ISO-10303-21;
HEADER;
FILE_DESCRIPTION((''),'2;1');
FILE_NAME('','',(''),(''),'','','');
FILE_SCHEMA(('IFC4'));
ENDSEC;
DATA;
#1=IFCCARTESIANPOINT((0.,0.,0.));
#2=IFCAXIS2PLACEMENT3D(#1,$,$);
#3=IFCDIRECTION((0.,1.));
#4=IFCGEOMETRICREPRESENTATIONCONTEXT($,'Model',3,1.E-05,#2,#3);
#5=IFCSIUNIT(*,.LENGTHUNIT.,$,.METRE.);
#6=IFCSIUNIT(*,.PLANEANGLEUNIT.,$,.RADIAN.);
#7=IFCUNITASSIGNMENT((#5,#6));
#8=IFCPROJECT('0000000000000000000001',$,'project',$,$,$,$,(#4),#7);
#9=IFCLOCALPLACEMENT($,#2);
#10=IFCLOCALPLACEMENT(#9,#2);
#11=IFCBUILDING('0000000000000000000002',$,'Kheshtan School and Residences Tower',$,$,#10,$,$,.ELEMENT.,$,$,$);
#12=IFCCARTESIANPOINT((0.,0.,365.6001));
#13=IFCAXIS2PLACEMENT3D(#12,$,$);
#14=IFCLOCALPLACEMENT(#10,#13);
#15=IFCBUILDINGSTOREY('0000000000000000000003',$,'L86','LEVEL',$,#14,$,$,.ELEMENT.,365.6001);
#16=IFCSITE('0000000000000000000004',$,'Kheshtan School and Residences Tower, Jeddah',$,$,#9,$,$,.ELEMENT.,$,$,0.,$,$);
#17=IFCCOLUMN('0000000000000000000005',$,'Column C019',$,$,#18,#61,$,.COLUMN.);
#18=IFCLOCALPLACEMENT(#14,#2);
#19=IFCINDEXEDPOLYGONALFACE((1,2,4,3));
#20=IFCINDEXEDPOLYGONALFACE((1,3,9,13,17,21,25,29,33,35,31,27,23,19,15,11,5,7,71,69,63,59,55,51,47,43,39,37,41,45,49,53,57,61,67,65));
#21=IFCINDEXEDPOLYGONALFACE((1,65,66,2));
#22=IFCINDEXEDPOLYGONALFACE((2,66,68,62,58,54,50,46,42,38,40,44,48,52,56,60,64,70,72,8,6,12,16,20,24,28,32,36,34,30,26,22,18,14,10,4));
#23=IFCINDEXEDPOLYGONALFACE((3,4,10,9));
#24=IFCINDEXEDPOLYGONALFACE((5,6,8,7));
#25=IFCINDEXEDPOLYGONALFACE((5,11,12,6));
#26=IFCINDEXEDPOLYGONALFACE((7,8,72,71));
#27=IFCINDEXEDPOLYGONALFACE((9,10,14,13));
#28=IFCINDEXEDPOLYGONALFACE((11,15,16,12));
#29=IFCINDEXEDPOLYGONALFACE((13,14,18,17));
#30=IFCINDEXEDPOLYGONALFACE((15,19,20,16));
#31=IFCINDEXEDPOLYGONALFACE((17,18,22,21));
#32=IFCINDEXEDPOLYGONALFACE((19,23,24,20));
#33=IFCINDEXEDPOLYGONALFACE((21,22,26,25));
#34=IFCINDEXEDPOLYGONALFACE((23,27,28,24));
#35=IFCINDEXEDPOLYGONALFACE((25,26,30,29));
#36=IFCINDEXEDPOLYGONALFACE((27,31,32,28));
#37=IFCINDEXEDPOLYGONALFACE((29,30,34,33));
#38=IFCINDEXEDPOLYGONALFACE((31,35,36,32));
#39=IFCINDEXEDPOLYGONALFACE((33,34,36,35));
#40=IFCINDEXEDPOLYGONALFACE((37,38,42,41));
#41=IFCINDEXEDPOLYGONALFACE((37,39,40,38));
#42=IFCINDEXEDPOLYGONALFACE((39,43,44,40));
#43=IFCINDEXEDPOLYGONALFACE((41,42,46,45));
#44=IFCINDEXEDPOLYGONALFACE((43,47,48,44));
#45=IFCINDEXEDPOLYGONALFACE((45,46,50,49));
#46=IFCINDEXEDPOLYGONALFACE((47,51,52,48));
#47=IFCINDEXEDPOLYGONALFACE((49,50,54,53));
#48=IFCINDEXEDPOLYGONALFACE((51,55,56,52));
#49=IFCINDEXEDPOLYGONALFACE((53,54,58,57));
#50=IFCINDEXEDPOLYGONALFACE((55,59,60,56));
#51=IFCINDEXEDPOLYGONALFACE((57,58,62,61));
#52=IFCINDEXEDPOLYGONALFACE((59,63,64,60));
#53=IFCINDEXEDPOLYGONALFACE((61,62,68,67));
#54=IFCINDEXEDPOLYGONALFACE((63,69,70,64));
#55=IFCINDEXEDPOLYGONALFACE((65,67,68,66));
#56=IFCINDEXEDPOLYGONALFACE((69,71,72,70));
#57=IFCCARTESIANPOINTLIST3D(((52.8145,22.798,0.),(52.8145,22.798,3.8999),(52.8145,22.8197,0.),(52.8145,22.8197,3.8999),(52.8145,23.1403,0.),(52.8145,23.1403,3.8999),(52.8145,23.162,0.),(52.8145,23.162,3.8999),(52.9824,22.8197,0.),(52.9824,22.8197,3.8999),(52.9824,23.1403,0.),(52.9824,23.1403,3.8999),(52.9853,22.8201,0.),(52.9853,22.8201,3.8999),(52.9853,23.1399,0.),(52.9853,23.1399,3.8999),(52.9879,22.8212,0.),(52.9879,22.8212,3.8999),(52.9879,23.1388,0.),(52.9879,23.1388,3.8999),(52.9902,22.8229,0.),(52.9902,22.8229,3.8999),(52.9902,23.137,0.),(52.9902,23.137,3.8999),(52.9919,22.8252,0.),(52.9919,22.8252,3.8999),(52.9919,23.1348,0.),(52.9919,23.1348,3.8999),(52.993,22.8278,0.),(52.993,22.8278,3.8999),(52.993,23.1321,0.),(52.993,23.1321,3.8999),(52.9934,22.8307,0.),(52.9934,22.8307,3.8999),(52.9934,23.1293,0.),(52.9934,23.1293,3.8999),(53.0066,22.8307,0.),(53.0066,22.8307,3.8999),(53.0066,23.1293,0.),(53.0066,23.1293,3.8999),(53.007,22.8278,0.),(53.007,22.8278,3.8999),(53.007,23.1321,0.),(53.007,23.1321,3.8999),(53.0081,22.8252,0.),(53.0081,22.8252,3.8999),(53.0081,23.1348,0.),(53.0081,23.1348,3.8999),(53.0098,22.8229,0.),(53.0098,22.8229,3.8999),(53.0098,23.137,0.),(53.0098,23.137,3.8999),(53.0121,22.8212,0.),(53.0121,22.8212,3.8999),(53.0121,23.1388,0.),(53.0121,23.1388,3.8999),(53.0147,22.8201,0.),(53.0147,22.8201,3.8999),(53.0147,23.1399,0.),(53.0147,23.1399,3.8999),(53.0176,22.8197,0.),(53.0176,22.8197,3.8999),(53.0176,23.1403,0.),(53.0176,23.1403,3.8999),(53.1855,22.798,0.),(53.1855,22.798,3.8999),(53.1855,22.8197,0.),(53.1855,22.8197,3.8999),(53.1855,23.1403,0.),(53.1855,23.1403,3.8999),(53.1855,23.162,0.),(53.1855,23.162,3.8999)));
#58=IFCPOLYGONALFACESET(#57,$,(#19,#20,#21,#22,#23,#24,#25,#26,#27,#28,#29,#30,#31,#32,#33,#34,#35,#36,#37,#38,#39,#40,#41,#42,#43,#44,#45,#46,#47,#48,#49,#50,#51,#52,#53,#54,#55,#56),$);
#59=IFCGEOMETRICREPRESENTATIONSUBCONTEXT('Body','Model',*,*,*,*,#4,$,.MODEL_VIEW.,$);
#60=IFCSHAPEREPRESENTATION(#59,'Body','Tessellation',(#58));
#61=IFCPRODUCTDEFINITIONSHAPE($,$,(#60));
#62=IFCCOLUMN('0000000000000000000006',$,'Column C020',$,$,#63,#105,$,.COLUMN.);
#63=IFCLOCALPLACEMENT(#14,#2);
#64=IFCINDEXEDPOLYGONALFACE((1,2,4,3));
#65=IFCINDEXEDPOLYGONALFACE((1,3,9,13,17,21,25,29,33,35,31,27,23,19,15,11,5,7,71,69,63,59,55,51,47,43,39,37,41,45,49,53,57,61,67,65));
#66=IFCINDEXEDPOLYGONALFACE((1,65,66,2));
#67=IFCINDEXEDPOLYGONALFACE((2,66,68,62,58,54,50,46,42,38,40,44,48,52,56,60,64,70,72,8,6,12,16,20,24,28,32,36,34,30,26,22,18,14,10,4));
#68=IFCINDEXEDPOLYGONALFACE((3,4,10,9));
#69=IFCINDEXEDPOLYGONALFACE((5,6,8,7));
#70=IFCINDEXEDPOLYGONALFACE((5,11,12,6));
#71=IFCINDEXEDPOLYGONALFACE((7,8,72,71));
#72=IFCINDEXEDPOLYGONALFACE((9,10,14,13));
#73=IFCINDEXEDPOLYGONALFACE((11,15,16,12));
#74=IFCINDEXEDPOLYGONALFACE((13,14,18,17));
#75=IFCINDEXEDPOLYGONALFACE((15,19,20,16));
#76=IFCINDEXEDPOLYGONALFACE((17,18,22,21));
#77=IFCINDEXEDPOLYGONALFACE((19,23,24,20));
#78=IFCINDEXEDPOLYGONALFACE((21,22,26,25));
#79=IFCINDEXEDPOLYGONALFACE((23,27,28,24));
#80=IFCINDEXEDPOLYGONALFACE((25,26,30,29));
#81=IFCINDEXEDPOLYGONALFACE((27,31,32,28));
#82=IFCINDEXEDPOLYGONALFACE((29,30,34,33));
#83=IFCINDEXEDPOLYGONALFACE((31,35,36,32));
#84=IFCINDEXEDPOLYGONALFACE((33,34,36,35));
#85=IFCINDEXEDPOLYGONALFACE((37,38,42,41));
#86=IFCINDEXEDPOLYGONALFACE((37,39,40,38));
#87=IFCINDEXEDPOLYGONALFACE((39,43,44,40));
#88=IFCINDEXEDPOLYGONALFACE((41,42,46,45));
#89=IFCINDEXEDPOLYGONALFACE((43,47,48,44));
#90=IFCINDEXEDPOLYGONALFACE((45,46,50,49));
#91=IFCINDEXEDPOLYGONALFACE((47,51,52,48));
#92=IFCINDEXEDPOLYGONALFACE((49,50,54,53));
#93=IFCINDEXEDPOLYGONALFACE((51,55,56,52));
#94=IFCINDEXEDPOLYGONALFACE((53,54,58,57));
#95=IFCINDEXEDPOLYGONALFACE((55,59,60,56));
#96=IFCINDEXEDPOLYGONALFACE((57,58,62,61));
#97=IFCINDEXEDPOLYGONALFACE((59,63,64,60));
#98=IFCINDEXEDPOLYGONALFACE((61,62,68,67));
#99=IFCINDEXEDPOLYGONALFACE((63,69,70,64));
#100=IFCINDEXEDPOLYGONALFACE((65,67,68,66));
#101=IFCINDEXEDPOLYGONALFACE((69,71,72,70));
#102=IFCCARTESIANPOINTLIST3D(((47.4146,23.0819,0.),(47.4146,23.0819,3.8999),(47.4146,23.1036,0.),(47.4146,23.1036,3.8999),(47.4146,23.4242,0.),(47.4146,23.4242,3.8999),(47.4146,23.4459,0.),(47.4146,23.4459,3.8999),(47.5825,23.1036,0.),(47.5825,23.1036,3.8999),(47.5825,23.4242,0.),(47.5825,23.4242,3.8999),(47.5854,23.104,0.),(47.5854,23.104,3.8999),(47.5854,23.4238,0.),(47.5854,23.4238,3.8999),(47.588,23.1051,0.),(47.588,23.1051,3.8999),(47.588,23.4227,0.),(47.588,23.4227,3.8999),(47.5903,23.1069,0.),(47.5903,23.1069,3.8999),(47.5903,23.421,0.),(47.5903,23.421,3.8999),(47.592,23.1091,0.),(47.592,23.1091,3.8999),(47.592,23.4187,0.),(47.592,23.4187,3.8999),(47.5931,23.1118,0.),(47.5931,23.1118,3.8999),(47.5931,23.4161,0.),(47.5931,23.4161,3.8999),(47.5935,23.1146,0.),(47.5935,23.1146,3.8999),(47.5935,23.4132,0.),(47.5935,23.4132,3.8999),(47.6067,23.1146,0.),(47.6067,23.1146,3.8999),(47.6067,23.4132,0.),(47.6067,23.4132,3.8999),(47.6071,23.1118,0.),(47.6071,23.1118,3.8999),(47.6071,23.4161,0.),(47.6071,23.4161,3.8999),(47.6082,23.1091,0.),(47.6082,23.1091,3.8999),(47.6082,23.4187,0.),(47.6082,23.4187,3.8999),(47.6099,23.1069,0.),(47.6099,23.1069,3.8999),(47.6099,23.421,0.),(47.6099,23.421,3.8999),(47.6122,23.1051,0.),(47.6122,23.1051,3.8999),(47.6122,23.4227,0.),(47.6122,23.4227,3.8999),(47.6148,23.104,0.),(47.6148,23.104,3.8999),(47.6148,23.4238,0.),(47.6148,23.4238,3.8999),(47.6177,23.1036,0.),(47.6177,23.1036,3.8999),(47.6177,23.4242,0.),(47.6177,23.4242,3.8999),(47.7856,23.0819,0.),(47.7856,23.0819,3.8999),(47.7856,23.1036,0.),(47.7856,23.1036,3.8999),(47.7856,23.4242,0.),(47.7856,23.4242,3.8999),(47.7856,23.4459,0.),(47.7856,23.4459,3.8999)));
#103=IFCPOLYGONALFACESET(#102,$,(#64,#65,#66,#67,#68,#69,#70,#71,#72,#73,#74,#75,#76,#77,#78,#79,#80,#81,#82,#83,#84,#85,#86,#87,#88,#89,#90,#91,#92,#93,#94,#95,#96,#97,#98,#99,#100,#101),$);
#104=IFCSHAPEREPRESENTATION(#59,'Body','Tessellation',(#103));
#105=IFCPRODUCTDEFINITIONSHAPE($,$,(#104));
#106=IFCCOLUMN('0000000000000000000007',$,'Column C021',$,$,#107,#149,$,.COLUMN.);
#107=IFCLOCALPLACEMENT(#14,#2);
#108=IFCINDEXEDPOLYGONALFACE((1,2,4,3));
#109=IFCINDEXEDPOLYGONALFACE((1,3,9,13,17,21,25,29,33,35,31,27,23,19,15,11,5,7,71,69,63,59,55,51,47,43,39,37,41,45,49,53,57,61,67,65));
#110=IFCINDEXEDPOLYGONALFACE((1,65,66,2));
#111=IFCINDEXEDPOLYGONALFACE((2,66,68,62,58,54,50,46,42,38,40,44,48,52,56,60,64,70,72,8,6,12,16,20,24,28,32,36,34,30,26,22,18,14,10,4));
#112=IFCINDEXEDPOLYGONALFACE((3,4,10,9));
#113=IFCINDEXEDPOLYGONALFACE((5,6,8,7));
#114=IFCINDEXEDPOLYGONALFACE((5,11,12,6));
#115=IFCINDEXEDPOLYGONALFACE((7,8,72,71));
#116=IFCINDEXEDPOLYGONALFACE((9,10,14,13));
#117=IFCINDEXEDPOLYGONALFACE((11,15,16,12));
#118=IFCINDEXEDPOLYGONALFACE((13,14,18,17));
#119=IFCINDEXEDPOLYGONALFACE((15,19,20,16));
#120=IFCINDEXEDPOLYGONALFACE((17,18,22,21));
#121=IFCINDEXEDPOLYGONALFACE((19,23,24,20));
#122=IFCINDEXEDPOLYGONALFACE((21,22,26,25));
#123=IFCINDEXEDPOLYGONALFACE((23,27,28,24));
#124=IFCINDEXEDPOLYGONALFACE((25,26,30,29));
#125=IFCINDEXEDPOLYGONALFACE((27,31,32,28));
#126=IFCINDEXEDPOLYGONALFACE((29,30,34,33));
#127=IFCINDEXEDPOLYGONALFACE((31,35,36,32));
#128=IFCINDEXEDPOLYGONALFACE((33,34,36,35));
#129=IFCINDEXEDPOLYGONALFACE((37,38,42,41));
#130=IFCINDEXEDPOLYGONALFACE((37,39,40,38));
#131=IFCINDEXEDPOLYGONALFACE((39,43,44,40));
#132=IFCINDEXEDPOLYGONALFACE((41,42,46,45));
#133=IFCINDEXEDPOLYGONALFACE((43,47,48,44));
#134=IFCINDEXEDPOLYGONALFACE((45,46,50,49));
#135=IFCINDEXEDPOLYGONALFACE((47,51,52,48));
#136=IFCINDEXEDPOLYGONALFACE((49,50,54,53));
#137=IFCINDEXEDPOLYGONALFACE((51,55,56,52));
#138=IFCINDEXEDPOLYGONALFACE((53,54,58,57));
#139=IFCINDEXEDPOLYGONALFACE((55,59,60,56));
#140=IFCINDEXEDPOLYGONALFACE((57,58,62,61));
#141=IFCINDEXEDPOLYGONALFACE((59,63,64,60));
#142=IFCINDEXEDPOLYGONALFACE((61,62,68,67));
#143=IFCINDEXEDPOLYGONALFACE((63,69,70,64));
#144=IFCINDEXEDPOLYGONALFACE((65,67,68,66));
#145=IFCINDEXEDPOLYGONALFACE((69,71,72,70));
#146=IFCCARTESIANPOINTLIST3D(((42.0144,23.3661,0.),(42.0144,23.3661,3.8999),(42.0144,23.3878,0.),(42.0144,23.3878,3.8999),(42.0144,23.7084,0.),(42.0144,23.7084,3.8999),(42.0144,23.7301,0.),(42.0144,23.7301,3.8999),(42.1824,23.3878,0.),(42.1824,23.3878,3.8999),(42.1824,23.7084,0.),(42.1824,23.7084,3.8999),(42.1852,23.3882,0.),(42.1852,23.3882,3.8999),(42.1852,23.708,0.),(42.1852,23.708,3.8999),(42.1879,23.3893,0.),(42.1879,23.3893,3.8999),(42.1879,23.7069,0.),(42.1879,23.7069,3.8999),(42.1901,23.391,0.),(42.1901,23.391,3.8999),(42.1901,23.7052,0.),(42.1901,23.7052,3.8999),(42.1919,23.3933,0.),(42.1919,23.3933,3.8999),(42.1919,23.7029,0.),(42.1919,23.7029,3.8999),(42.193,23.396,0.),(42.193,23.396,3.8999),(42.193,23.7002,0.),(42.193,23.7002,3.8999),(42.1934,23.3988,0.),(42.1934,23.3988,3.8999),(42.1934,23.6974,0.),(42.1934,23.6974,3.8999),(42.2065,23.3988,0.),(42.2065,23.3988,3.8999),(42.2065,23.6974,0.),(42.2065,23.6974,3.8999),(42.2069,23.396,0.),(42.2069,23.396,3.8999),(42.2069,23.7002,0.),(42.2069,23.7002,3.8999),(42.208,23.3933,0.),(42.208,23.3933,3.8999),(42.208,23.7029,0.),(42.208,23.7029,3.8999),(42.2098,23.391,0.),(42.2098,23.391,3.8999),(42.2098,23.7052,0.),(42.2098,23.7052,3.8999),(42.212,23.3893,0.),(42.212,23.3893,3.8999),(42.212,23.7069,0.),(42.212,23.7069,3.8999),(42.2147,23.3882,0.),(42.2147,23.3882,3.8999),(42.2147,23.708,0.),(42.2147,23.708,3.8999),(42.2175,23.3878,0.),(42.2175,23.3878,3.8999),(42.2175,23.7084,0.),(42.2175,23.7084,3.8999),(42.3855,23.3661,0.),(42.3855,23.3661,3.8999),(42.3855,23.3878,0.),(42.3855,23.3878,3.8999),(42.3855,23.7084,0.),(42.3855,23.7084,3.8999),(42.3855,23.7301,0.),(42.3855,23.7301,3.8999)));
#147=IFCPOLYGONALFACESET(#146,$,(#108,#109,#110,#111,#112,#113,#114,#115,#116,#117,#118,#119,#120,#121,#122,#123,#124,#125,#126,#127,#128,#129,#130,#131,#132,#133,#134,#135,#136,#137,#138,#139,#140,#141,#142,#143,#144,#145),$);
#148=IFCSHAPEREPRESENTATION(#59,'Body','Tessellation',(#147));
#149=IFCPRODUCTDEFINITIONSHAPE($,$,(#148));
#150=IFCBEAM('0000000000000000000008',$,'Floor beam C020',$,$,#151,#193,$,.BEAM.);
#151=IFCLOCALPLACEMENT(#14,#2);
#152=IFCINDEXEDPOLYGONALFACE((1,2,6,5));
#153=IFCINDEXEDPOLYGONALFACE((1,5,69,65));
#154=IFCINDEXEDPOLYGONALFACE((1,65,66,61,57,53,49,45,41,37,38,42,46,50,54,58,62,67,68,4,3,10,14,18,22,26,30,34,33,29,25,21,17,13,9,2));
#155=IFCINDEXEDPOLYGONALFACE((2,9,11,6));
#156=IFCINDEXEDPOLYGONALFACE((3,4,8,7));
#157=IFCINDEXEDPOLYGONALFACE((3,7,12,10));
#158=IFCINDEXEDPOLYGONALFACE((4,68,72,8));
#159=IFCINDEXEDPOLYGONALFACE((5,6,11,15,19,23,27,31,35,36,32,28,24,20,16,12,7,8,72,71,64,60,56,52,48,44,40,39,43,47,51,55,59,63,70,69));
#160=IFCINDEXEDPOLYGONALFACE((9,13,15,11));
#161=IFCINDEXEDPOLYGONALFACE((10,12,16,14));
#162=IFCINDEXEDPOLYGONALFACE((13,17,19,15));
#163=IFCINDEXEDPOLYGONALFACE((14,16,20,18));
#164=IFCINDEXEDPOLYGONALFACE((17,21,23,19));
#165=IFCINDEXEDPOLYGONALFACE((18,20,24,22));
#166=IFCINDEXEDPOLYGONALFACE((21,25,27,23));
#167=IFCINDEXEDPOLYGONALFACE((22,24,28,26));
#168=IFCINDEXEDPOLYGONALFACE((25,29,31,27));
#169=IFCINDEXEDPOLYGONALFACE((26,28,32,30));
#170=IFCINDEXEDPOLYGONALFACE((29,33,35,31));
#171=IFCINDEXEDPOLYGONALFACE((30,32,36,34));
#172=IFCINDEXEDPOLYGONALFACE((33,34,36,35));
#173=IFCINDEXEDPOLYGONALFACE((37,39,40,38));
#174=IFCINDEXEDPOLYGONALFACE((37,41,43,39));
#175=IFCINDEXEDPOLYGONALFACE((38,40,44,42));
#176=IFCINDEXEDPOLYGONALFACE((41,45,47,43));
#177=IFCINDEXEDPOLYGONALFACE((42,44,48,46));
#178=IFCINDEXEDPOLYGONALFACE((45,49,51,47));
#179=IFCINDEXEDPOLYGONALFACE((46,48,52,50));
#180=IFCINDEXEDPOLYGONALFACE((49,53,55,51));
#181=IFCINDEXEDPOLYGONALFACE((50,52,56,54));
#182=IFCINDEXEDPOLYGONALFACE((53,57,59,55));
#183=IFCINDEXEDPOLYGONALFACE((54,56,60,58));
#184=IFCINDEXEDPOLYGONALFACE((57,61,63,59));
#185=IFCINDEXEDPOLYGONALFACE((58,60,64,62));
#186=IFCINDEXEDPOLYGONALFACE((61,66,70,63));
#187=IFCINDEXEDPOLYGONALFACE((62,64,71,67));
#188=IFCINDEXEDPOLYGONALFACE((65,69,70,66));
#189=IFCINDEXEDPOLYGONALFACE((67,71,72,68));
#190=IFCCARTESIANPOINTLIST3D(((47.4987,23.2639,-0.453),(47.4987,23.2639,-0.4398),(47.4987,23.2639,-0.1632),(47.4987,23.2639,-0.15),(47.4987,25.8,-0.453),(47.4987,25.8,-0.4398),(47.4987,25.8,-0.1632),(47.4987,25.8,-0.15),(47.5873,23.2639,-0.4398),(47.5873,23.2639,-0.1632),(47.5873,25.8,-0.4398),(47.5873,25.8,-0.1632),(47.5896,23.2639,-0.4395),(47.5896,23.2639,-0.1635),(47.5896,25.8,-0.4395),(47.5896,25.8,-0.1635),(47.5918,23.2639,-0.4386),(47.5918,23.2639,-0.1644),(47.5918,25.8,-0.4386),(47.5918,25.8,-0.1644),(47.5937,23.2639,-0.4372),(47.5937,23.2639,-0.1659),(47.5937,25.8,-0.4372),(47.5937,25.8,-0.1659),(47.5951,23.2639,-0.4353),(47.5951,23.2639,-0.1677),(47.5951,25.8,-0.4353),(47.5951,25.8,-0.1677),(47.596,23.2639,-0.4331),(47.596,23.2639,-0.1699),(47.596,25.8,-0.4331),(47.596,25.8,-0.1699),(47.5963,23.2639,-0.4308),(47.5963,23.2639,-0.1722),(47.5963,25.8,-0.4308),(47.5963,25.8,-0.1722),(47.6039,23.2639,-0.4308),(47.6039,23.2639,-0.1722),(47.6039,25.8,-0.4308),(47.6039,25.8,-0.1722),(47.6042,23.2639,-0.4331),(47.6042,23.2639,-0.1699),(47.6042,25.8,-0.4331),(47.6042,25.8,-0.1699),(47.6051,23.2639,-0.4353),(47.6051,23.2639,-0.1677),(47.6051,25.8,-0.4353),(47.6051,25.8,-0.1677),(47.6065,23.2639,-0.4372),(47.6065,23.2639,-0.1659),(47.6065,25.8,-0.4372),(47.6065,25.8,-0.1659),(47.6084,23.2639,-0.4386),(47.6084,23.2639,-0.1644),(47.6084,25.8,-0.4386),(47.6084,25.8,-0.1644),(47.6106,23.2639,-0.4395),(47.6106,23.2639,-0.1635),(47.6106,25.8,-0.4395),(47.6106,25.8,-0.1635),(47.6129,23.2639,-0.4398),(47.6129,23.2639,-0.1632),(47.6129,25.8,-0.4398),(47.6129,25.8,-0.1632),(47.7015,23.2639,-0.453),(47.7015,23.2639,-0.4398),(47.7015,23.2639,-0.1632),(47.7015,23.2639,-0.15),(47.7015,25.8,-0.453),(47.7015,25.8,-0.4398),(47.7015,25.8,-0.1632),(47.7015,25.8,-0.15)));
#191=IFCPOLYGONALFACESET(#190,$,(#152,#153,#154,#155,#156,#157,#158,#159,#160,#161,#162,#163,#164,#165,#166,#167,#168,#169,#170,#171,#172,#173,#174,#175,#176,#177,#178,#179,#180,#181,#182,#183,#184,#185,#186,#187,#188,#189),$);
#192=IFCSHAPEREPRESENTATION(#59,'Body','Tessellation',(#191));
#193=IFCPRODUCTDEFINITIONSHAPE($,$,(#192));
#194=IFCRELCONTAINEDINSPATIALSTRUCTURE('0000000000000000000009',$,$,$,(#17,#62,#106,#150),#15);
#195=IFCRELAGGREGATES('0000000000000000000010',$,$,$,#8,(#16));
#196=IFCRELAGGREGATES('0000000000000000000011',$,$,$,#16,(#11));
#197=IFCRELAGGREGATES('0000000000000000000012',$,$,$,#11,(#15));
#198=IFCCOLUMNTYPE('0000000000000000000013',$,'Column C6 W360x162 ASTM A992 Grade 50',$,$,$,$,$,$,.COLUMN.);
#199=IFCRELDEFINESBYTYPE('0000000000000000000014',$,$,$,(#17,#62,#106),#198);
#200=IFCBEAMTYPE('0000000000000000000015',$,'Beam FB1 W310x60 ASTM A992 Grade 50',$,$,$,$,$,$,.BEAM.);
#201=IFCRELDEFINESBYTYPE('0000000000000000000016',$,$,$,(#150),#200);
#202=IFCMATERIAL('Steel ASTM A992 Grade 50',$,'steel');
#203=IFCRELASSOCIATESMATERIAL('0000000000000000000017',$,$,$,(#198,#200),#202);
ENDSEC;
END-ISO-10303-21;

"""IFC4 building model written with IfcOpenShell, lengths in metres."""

from ifc_helpers import new_model, si_unit, direction, frame, origin, origin_2d, place, context, subcontext, project, spatial, i_section, extrude, material, material_profile, profile_set, type_object, element, save


model = new_model("IFC4")

# Units and contexts
model_context = context("Model", 3, precision=1e-05, world=origin(), true_north=direction((0.0, 1.0)))
body_context = subcontext(model_context, "Body", "Model", "MODEL_VIEW")
ifc_project = project(units=[si_unit("LENGTHUNIT", "METRE"), si_unit("PLANEANGLEUNIT", "RADIAN")], contexts=[model_context])

# Site, building, storey
site_placement = place(None, origin())
site = spatial("IfcSite", under=ifc_project, at=site_placement, Name="Kheshtan School and Residences Tower, Jeddah", CompositionType="ELEMENT", RefElevation=0.0)
building_placement = place(site_placement, origin())
building = spatial("IfcBuilding", under=site, at=building_placement, Name="Kheshtan School and Residences Tower", CompositionType="ELEMENT")
storey_placement = place(building_placement, frame((0.0, 0.0, 365.6001)))
storey = spatial("IfcBuildingStorey", under=building, at=storey_placement, Name="L86", Description="LEVEL", CompositionType="ELEMENT", Elevation=365.6001)

# Columns
ifc_material_1 = material(Name="Steel ASTM A992 Grade 50", Category="steel")
ifc_material_profile_1 = material_profile(ifc_material_1, i_section(OverallWidth=0.3711, OverallDepth=0.364, WebThickness=0.0132, FlangeThickness=0.0217, FilletRadius=0.011, at=origin_2d()), Name="W360x162")
ifc_profile_set_1 = profile_set([ifc_material_profile_1], Name="Steel ASTM A992 Grade 50")
column_type = type_object("IfcColumnType", Name="Column C6 W360x162 ASTM A992 Grade 50", PredefinedType="COLUMN", material=ifc_profile_set_1)
for number, where, z_axis, x_axis, name in (
    (1, (53.0, 22.98, 0.0), (0.0, 0.0, 1.0), (1.0, 0.0, 0.0), "Column C019"),
    (2, (47.6001, 23.2639, 0.0), (0.0, 0.0, 1.0), (1.0, 0.0, 0.0), "Column C020"),
    (3, (42.2, 23.5481, 0.0), (0.0, 0.0, 1.0), (1.0, 0.0, 0.0), "Column C021"),
):
    element("IfcColumn", number, at=place(storey_placement, frame(where, z_axis=z_axis, x_axis=x_axis)), inside=storey, type_object=column_type, Name=name, PredefinedType="COLUMN", context=body_context, shape_type="SweptSolid", body=[
        extrude(i_section(OverallWidth=0.3711, OverallDepth=0.364, WebThickness=0.0132, FlangeThickness=0.0217, FilletRadius=0.011, at=origin_2d()), origin(), (0.0, 0.0, 1.0), 3.8999),
    ])

# Beam
ifc_material_profile_2 = material_profile(ifc_material_1, i_section(OverallWidth=0.2029, OverallDepth=0.303, WebThickness=0.0076, FlangeThickness=0.0132, FilletRadius=0.009, at=origin_2d()), Name="W310x60")
ifc_profile_set_2 = profile_set([ifc_material_profile_2], Name="Steel ASTM A992 Grade 50")
beam_type_1 = type_object("IfcBeamType", Name="Beam FB1 W310x60 ASTM A992 Grade 50", PredefinedType="BEAM", material=ifc_profile_set_2)
beam_1_placement = place(storey_placement, frame((47.6001, 23.2639, -0.3015), z_axis=(0.0, 1.0, 0.0), x_axis=(-1.0, 0.0, 0.0)))
element("IfcBeam", 4, at=beam_1_placement, inside=storey, type_object=beam_type_1, Name="Floor beam C020", PredefinedType="BEAM", context=body_context, shape_type="SweptSolid", body=[
    extrude(i_section(OverallWidth=0.2029, OverallDepth=0.303, WebThickness=0.0076, FlangeThickness=0.0132, FilletRadius=0.009, at=origin_2d()), origin(), (0.0, 0.0, 1.0), 2.5361),
])

save(model, "model.ifc")
